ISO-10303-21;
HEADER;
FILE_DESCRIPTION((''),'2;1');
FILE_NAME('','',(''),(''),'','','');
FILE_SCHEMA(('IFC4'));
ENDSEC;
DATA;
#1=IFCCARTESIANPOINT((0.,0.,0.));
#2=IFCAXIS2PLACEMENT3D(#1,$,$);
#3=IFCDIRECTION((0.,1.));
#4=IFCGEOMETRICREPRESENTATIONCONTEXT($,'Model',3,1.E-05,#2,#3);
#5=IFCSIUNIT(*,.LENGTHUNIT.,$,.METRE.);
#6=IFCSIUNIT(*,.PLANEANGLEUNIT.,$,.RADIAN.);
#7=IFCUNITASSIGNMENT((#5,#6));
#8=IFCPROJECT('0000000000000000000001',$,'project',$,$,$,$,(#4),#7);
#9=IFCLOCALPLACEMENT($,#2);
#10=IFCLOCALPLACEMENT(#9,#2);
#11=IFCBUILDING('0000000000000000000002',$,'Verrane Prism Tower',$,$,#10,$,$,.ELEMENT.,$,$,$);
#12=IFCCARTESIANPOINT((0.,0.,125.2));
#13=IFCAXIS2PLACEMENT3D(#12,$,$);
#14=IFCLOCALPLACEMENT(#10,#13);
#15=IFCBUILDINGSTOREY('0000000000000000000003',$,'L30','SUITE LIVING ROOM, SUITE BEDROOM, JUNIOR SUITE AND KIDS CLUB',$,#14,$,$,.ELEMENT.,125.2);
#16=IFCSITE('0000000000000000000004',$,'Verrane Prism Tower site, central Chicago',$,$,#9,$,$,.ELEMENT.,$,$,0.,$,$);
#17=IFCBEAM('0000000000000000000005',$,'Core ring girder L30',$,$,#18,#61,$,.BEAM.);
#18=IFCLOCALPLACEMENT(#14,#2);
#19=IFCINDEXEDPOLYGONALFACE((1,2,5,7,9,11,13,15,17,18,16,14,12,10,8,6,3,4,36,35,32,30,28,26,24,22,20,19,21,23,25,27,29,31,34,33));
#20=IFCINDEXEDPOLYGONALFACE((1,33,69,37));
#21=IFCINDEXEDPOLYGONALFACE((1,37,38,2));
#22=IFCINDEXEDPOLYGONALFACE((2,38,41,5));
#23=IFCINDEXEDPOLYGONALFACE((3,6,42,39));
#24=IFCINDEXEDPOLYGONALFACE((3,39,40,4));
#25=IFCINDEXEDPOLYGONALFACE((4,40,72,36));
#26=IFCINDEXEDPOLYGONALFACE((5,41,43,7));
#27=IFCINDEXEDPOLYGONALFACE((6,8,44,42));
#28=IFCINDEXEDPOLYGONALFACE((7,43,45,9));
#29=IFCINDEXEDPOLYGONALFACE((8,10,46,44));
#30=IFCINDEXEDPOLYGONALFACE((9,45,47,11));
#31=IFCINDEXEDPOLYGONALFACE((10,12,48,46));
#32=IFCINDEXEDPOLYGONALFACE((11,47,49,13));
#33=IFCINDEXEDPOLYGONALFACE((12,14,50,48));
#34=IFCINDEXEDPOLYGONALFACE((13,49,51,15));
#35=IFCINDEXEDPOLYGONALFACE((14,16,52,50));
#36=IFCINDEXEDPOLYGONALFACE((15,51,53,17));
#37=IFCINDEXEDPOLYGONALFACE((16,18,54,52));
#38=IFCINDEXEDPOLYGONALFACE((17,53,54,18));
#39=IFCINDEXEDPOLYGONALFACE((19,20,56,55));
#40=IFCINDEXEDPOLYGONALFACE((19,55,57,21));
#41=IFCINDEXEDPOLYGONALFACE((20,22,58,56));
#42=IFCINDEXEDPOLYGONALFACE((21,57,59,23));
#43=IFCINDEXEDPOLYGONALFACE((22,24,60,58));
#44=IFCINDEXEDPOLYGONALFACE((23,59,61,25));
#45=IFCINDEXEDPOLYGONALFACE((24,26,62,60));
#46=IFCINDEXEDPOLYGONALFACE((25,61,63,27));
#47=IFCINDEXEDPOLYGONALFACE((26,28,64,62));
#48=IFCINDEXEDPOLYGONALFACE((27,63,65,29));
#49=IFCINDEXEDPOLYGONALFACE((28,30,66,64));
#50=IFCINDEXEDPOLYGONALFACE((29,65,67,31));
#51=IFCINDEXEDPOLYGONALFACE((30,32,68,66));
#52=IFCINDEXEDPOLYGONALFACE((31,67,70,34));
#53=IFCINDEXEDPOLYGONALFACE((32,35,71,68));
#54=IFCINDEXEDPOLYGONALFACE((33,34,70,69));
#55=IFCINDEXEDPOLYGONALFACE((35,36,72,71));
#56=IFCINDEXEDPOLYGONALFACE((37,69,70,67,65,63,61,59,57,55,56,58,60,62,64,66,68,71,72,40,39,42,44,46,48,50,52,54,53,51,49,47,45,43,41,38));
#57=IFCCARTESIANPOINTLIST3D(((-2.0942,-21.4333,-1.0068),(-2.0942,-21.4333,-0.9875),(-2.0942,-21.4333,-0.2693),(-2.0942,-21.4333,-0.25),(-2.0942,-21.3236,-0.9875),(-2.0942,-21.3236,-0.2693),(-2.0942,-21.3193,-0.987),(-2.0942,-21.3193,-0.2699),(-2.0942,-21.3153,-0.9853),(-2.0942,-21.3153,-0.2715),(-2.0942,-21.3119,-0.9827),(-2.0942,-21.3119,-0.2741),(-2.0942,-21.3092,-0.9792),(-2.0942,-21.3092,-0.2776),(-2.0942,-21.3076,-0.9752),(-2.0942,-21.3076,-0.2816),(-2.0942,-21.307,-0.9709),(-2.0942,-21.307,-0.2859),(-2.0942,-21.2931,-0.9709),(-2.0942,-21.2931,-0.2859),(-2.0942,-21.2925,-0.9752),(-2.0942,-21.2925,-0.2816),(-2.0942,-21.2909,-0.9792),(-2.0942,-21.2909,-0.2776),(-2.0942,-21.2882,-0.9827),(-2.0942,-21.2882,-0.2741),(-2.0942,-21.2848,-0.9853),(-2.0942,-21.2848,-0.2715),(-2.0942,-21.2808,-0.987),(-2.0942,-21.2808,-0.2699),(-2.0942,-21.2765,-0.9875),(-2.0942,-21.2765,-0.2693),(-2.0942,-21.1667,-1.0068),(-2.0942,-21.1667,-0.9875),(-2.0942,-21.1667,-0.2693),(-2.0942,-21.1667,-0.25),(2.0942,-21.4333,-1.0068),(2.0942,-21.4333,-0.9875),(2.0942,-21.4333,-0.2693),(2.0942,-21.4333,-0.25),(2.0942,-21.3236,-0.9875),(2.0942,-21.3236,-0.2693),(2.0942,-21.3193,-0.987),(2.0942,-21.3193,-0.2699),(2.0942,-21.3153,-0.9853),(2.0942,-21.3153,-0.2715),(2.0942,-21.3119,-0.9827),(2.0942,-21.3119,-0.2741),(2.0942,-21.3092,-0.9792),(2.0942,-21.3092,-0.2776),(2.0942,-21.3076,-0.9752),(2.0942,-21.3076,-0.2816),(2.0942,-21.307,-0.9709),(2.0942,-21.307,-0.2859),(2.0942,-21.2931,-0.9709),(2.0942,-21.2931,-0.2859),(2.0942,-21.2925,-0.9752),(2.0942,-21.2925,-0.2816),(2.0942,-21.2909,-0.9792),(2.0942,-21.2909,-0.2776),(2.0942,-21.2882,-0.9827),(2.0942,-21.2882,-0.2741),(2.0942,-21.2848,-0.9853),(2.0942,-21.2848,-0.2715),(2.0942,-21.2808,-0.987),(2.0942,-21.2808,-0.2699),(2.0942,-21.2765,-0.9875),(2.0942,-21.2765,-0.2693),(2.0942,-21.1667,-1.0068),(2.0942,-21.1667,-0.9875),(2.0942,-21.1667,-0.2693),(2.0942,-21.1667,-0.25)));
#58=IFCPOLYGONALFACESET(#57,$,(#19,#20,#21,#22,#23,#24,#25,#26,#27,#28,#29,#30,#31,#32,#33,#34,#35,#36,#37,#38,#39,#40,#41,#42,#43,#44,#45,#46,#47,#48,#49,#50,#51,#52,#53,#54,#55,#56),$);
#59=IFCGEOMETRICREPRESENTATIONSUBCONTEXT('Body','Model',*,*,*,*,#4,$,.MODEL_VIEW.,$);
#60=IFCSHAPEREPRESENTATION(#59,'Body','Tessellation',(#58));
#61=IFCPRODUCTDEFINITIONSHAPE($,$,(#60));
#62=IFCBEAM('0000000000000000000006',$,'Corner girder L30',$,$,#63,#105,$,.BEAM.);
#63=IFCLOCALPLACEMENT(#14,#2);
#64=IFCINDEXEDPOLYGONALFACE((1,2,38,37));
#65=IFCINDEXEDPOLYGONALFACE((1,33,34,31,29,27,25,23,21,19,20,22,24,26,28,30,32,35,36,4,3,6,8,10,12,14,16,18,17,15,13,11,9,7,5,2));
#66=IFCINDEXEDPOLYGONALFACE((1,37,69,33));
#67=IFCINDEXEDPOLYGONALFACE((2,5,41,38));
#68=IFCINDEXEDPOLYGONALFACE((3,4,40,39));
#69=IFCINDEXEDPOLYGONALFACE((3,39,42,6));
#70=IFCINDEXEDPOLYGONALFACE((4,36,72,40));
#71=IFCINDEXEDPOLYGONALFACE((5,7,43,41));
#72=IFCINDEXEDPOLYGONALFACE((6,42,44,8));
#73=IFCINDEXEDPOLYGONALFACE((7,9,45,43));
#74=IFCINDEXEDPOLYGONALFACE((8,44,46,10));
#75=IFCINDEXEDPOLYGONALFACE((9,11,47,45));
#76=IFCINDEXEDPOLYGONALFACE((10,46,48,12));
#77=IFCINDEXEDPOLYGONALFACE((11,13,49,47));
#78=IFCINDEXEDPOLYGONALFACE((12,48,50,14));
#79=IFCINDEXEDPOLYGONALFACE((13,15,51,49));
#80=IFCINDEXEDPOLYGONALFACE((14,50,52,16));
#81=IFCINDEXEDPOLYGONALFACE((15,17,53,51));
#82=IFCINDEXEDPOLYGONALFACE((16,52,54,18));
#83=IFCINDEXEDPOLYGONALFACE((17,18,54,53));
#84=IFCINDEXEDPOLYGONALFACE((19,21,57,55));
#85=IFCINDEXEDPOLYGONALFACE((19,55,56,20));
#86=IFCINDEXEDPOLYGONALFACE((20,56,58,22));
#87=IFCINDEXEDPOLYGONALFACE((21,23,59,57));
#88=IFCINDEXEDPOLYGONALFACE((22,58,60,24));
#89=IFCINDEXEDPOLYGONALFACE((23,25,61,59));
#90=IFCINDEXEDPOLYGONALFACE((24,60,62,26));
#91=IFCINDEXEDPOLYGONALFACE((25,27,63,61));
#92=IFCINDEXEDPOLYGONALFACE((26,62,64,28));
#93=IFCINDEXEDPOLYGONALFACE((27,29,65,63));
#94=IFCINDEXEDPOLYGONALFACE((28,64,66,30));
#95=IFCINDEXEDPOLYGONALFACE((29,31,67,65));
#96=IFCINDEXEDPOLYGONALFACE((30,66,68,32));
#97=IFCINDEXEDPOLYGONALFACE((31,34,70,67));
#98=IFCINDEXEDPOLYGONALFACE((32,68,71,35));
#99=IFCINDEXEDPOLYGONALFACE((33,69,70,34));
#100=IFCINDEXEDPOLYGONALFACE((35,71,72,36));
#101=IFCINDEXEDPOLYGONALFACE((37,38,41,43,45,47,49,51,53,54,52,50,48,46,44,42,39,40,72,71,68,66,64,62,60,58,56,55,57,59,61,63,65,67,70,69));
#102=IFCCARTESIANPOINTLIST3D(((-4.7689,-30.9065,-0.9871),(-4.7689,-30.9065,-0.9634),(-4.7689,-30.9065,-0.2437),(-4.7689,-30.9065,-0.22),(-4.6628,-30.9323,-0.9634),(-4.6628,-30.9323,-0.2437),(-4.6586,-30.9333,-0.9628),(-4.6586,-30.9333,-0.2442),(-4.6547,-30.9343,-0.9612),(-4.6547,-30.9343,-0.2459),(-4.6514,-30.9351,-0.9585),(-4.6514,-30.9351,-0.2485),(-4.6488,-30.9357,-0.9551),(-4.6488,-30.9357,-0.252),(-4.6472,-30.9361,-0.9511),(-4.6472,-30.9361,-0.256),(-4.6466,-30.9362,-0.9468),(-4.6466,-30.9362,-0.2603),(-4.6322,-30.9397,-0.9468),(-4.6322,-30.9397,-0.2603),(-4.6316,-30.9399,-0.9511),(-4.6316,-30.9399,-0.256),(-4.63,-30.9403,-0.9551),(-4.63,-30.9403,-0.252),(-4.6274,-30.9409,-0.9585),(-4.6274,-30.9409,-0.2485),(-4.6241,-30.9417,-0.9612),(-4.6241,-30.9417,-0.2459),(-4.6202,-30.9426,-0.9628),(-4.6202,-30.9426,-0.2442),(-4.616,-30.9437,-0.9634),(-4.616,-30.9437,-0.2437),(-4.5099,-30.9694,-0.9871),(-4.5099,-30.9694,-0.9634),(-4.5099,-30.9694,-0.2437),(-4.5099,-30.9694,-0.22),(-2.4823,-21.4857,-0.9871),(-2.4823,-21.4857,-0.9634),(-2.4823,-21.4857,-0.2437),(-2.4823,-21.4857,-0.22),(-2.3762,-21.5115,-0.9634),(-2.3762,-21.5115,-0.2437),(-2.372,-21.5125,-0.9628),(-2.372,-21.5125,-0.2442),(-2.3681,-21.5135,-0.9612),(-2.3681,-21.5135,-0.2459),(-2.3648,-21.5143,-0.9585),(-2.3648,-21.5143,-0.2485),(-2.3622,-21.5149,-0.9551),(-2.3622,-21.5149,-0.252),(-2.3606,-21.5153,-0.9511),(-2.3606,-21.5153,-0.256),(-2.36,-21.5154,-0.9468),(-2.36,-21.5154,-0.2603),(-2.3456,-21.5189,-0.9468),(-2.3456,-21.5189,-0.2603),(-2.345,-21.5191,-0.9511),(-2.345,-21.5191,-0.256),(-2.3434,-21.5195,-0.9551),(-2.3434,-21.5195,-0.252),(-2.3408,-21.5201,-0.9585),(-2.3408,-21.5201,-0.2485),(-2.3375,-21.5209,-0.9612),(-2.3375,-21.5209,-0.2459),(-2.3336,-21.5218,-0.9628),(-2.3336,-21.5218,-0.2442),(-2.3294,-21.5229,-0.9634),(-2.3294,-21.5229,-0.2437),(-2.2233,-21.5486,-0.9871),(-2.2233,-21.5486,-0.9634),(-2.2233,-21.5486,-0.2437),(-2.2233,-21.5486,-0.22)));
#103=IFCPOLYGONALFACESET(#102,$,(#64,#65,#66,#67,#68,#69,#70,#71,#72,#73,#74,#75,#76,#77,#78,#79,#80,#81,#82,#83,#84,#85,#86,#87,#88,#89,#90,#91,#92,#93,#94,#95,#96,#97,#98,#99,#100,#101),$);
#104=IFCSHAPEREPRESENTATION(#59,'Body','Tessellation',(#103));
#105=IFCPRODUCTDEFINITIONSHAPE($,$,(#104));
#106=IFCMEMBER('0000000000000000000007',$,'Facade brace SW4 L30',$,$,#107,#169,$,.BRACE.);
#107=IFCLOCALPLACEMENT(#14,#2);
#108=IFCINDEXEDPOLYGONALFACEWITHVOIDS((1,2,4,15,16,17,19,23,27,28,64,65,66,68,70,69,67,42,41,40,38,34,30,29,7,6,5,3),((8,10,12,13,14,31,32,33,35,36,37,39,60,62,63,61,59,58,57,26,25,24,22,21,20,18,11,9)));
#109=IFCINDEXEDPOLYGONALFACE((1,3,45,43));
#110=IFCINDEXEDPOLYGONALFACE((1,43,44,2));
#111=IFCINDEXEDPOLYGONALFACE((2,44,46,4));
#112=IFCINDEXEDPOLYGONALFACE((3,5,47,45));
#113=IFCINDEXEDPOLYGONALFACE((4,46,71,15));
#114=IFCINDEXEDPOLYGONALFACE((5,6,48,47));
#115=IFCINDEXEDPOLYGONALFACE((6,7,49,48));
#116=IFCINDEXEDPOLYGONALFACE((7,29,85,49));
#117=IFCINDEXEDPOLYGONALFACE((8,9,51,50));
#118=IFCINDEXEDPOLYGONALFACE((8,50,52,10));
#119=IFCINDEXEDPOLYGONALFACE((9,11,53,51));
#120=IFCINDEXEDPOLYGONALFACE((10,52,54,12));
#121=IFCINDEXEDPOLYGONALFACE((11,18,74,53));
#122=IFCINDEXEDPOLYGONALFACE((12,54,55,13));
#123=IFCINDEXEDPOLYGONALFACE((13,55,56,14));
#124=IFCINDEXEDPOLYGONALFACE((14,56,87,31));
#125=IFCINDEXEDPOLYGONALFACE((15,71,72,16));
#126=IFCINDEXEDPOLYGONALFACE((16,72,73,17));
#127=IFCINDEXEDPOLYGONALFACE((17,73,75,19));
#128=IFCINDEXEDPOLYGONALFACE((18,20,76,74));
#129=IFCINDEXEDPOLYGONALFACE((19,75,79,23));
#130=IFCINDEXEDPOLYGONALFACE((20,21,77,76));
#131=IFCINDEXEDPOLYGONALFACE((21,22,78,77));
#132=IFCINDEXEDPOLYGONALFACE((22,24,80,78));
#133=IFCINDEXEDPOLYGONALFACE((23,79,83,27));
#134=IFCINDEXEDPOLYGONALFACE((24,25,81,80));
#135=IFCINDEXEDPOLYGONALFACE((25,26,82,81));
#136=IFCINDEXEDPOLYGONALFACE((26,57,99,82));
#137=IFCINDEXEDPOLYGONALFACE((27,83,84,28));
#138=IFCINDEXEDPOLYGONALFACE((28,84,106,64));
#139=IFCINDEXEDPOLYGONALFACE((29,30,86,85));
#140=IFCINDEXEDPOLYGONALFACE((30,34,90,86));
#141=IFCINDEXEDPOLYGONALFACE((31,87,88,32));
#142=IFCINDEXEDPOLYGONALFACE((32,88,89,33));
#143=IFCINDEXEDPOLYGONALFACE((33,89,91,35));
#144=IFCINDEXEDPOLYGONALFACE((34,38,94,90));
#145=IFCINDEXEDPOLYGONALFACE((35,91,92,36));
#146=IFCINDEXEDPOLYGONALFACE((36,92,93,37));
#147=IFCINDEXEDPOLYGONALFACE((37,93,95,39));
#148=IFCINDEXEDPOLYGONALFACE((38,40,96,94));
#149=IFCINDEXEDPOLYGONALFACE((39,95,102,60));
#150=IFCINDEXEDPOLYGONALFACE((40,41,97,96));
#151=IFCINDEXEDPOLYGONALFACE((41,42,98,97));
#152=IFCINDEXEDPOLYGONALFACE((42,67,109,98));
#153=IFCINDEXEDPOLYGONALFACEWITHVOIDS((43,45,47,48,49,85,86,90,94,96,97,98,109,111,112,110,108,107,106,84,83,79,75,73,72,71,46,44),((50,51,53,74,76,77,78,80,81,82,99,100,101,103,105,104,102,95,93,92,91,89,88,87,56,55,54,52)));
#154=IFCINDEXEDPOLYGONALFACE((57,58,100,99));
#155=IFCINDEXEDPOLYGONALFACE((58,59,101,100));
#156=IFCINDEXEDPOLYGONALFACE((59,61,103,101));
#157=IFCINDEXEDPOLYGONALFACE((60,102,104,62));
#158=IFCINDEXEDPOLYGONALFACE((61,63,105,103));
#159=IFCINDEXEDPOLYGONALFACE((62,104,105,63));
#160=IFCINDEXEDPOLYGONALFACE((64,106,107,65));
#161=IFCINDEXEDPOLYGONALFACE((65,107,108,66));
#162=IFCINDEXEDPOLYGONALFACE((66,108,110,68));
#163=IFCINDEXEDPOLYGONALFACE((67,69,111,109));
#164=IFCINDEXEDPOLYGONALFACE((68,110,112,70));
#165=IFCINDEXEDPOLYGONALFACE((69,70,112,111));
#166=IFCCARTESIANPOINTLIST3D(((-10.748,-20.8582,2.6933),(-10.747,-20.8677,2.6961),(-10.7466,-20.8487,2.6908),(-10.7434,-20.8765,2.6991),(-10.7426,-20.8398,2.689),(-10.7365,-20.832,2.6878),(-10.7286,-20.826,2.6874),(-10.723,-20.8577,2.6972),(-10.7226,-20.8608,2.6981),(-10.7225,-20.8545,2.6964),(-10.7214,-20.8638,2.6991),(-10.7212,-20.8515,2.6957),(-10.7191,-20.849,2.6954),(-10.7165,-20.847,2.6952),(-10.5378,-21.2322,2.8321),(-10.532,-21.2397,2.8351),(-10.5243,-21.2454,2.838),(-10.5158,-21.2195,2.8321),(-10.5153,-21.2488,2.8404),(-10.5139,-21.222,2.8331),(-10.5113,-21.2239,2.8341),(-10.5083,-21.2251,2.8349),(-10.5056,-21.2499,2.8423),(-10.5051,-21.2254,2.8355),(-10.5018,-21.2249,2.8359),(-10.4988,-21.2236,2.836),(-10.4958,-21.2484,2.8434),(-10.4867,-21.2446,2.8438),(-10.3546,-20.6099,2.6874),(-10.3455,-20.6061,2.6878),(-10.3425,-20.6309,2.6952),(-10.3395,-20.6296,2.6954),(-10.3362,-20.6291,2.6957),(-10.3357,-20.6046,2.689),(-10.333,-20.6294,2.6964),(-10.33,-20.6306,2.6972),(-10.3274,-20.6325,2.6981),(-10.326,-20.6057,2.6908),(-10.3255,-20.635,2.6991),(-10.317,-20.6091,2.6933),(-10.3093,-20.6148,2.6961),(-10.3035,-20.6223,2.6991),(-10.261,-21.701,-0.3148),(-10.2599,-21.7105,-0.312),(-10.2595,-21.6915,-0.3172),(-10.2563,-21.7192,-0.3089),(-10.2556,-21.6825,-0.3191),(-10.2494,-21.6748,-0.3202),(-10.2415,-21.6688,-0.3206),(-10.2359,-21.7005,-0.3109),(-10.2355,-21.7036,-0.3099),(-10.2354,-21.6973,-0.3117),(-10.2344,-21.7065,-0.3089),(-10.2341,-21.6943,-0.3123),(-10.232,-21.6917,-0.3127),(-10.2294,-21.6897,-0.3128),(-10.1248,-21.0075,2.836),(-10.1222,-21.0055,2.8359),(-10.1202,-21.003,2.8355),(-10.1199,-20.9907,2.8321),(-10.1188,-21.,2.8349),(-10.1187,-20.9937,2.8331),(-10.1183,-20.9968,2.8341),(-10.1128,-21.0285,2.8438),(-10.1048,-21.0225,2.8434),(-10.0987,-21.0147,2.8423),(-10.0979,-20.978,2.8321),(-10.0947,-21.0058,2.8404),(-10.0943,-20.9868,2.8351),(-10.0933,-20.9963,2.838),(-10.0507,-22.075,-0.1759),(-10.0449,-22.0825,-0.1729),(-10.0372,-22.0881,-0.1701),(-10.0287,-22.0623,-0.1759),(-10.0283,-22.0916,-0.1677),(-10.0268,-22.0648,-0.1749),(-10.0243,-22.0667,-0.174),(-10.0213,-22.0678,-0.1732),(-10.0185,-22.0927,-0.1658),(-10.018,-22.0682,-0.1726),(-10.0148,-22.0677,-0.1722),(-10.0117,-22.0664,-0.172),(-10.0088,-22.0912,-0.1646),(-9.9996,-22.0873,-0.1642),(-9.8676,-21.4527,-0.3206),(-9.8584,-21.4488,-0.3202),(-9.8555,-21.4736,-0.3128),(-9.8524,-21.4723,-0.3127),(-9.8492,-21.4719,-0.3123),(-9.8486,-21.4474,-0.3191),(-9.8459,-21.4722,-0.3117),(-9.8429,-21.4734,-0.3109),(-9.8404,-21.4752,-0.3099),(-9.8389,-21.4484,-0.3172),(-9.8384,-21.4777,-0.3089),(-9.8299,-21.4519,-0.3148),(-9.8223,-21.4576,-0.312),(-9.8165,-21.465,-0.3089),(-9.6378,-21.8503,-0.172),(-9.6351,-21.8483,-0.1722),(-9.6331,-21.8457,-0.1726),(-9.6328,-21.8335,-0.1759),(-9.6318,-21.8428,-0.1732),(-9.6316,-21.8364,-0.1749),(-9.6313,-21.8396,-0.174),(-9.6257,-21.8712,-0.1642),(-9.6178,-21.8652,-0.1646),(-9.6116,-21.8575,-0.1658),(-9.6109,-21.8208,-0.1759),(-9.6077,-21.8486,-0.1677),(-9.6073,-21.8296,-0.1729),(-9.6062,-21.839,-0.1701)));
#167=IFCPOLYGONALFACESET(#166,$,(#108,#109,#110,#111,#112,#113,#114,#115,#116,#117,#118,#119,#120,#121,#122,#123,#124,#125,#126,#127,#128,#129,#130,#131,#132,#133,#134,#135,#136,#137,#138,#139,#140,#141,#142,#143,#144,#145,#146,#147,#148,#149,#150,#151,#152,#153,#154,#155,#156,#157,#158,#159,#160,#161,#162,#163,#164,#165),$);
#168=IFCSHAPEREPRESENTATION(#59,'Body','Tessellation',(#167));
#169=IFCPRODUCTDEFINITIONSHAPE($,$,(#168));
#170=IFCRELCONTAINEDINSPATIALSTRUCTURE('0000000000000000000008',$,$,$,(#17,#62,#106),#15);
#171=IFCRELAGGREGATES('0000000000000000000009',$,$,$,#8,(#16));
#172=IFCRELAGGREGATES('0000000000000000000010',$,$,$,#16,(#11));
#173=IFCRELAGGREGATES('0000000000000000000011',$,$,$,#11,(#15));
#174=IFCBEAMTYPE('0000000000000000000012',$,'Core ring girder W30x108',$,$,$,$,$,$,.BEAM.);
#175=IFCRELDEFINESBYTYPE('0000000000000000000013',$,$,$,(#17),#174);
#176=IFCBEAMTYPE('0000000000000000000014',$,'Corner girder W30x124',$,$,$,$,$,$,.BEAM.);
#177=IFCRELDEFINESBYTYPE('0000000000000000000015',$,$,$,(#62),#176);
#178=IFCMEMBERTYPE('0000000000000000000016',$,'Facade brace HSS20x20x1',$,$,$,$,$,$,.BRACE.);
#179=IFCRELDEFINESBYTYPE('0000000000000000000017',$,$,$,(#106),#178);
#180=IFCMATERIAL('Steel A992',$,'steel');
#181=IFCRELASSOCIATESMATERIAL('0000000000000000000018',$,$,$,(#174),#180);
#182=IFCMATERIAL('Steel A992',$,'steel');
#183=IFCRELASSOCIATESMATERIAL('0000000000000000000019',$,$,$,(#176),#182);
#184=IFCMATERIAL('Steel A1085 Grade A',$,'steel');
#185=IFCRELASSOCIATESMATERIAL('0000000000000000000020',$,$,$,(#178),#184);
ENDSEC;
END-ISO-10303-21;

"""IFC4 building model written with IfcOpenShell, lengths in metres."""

from ifc_helpers import new_model, si_unit, direction, frame, origin, origin_2d, place, context, subcontext, project, spatial, hollow_rectangle, i_section, extrude, material, material_profile, profile_set, type_object, element, save


model = new_model("IFC4")

# Units and contexts
model_context = context("Model", 3, precision=1e-05, world=origin(), true_north=direction((0.0, 1.0)))
body_context = subcontext(model_context, "Body", "Model", "MODEL_VIEW")
ifc_project = project(units=[si_unit("LENGTHUNIT", "METRE"), si_unit("PLANEANGLEUNIT", "RADIAN")], contexts=[model_context])

# Site, building, storey
site_placement = place(None, origin())
site = spatial("IfcSite", under=ifc_project, at=site_placement, Name="Verrane Prism Tower site, central Chicago", CompositionType="ELEMENT", RefElevation=0.0)
building_placement = place(site_placement, origin())
building = spatial("IfcBuilding", under=site, at=building_placement, Name="Verrane Prism Tower", CompositionType="ELEMENT")
storey_placement = place(building_placement, frame((0.0, 0.0, 125.2)))
storey = spatial("IfcBuildingStorey", under=building, at=storey_placement, Name="L30", Description="SUITE LIVING ROOM, SUITE BEDROOM, JUNIOR SUITE AND KIDS CLUB", CompositionType="ELEMENT", Elevation=125.2)

# Beams
ifc_material_1 = material(Name="Steel A992", Category="steel")
ifc_material_profile_1 = material_profile(ifc_material_1, i_section(OverallWidth=0.2666, OverallDepth=0.7568, WebThickness=0.0139, FlangeThickness=0.0193, FilletRadius=0.0166, at=origin_2d()), Name="W30x108")
ifc_profile_set_1 = profile_set([ifc_material_profile_1], Name="Steel A992")
beam_type_1 = type_object("IfcBeamType", Name="Core ring girder W30x108", PredefinedType="BEAM", material=ifc_profile_set_1)
beam_1_placement = place(storey_placement, frame((-2.0942, -21.3, -0.6284), z_axis=(1.0, 0.0, 0.0), x_axis=(0.0, 1.0, 0.0)))
element("IfcBeam", 1, at=beam_1_placement, inside=storey, type_object=beam_type_1, Name="Core ring girder L30", PredefinedType="BEAM", context=body_context, shape_type="SweptSolid", body=[
    extrude(i_section(OverallWidth=0.2666, OverallDepth=0.7568, WebThickness=0.0139, FlangeThickness=0.0193, FilletRadius=0.0166, at=origin_2d()), origin(), (0.0, 0.0, 1.0), 4.1885),
])
ifc_material_2 = material(Name="Steel A992", Category="steel")
ifc_material_profile_2 = material_profile(ifc_material_2, i_section(OverallWidth=0.2666, OverallDepth=0.7671, WebThickness=0.0149, FlangeThickness=0.0237, FilletRadius=0.0166, at=origin_2d()), Name="W30x124")
ifc_profile_set_2 = profile_set([ifc_material_profile_2], Name="Steel A992")
beam_type_2 = type_object("IfcBeamType", Name="Corner girder W30x124", PredefinedType="BEAM", material=ifc_profile_set_2)
beam_2_placement = place(storey_placement, frame((-4.6394, -30.938, -0.6035), z_axis=(0.23587, 0.971785, 0.0), x_axis=(-0.971785, 0.23587, 0.0)))
element("IfcBeam", 2, at=beam_2_placement, inside=storey, type_object=beam_type_2, Name="Corner girder L30", PredefinedType="BEAM", context=body_context, shape_type="SweptSolid", body=[
    extrude(i_section(OverallWidth=0.2666, OverallDepth=0.7671, WebThickness=0.0149, FlangeThickness=0.0237, FilletRadius=0.0166, at=origin_2d()), origin(), (0.0, 0.0, 1.0), 9.6943),
])

# Member
ifc_material_3 = material(Name="Steel A1085 Grade A", Category="steel")
ifc_material_profile_3 = material_profile(ifc_material_3, hollow_rectangle(XDim=0.5081, YDim=0.5081, WallThickness=0.0254, InnerFilletRadius=0.0127, OuterFilletRadius=0.0381, at=origin_2d()), Name="HSS20x20x1")
ifc_profile_set_3 = profile_set([ifc_material_profile_3], Name="Steel A1085 Grade A")
member_type_1 = type_object("IfcMemberType", Name="Facade brace HSS20x20x1", PredefinedType="BRACE", material=ifc_profile_set_3)
member_1_placement = place(storey_placement, frame((-9.9336, -21.77, -0.2424), z_axis=(-0.154054, 0.266563, 0.951426), x_axis=(-0.86581, -0.500374, 0.0)))
element("IfcMember", 3, at=member_1_placement, inside=storey, type_object=member_type_1, Name="Facade brace SW4 L30", PredefinedType="BRACE", context=body_context, shape_type="SweptSolid", body=[
    extrude(hollow_rectangle(XDim=0.5081, YDim=0.5081, WallThickness=0.0254, InnerFilletRadius=0.0127, OuterFilletRadius=0.0381, at=origin_2d()), origin(), (0.0, 0.0, 1.0), 3.1616),
])

save(model, "model.ifc")
